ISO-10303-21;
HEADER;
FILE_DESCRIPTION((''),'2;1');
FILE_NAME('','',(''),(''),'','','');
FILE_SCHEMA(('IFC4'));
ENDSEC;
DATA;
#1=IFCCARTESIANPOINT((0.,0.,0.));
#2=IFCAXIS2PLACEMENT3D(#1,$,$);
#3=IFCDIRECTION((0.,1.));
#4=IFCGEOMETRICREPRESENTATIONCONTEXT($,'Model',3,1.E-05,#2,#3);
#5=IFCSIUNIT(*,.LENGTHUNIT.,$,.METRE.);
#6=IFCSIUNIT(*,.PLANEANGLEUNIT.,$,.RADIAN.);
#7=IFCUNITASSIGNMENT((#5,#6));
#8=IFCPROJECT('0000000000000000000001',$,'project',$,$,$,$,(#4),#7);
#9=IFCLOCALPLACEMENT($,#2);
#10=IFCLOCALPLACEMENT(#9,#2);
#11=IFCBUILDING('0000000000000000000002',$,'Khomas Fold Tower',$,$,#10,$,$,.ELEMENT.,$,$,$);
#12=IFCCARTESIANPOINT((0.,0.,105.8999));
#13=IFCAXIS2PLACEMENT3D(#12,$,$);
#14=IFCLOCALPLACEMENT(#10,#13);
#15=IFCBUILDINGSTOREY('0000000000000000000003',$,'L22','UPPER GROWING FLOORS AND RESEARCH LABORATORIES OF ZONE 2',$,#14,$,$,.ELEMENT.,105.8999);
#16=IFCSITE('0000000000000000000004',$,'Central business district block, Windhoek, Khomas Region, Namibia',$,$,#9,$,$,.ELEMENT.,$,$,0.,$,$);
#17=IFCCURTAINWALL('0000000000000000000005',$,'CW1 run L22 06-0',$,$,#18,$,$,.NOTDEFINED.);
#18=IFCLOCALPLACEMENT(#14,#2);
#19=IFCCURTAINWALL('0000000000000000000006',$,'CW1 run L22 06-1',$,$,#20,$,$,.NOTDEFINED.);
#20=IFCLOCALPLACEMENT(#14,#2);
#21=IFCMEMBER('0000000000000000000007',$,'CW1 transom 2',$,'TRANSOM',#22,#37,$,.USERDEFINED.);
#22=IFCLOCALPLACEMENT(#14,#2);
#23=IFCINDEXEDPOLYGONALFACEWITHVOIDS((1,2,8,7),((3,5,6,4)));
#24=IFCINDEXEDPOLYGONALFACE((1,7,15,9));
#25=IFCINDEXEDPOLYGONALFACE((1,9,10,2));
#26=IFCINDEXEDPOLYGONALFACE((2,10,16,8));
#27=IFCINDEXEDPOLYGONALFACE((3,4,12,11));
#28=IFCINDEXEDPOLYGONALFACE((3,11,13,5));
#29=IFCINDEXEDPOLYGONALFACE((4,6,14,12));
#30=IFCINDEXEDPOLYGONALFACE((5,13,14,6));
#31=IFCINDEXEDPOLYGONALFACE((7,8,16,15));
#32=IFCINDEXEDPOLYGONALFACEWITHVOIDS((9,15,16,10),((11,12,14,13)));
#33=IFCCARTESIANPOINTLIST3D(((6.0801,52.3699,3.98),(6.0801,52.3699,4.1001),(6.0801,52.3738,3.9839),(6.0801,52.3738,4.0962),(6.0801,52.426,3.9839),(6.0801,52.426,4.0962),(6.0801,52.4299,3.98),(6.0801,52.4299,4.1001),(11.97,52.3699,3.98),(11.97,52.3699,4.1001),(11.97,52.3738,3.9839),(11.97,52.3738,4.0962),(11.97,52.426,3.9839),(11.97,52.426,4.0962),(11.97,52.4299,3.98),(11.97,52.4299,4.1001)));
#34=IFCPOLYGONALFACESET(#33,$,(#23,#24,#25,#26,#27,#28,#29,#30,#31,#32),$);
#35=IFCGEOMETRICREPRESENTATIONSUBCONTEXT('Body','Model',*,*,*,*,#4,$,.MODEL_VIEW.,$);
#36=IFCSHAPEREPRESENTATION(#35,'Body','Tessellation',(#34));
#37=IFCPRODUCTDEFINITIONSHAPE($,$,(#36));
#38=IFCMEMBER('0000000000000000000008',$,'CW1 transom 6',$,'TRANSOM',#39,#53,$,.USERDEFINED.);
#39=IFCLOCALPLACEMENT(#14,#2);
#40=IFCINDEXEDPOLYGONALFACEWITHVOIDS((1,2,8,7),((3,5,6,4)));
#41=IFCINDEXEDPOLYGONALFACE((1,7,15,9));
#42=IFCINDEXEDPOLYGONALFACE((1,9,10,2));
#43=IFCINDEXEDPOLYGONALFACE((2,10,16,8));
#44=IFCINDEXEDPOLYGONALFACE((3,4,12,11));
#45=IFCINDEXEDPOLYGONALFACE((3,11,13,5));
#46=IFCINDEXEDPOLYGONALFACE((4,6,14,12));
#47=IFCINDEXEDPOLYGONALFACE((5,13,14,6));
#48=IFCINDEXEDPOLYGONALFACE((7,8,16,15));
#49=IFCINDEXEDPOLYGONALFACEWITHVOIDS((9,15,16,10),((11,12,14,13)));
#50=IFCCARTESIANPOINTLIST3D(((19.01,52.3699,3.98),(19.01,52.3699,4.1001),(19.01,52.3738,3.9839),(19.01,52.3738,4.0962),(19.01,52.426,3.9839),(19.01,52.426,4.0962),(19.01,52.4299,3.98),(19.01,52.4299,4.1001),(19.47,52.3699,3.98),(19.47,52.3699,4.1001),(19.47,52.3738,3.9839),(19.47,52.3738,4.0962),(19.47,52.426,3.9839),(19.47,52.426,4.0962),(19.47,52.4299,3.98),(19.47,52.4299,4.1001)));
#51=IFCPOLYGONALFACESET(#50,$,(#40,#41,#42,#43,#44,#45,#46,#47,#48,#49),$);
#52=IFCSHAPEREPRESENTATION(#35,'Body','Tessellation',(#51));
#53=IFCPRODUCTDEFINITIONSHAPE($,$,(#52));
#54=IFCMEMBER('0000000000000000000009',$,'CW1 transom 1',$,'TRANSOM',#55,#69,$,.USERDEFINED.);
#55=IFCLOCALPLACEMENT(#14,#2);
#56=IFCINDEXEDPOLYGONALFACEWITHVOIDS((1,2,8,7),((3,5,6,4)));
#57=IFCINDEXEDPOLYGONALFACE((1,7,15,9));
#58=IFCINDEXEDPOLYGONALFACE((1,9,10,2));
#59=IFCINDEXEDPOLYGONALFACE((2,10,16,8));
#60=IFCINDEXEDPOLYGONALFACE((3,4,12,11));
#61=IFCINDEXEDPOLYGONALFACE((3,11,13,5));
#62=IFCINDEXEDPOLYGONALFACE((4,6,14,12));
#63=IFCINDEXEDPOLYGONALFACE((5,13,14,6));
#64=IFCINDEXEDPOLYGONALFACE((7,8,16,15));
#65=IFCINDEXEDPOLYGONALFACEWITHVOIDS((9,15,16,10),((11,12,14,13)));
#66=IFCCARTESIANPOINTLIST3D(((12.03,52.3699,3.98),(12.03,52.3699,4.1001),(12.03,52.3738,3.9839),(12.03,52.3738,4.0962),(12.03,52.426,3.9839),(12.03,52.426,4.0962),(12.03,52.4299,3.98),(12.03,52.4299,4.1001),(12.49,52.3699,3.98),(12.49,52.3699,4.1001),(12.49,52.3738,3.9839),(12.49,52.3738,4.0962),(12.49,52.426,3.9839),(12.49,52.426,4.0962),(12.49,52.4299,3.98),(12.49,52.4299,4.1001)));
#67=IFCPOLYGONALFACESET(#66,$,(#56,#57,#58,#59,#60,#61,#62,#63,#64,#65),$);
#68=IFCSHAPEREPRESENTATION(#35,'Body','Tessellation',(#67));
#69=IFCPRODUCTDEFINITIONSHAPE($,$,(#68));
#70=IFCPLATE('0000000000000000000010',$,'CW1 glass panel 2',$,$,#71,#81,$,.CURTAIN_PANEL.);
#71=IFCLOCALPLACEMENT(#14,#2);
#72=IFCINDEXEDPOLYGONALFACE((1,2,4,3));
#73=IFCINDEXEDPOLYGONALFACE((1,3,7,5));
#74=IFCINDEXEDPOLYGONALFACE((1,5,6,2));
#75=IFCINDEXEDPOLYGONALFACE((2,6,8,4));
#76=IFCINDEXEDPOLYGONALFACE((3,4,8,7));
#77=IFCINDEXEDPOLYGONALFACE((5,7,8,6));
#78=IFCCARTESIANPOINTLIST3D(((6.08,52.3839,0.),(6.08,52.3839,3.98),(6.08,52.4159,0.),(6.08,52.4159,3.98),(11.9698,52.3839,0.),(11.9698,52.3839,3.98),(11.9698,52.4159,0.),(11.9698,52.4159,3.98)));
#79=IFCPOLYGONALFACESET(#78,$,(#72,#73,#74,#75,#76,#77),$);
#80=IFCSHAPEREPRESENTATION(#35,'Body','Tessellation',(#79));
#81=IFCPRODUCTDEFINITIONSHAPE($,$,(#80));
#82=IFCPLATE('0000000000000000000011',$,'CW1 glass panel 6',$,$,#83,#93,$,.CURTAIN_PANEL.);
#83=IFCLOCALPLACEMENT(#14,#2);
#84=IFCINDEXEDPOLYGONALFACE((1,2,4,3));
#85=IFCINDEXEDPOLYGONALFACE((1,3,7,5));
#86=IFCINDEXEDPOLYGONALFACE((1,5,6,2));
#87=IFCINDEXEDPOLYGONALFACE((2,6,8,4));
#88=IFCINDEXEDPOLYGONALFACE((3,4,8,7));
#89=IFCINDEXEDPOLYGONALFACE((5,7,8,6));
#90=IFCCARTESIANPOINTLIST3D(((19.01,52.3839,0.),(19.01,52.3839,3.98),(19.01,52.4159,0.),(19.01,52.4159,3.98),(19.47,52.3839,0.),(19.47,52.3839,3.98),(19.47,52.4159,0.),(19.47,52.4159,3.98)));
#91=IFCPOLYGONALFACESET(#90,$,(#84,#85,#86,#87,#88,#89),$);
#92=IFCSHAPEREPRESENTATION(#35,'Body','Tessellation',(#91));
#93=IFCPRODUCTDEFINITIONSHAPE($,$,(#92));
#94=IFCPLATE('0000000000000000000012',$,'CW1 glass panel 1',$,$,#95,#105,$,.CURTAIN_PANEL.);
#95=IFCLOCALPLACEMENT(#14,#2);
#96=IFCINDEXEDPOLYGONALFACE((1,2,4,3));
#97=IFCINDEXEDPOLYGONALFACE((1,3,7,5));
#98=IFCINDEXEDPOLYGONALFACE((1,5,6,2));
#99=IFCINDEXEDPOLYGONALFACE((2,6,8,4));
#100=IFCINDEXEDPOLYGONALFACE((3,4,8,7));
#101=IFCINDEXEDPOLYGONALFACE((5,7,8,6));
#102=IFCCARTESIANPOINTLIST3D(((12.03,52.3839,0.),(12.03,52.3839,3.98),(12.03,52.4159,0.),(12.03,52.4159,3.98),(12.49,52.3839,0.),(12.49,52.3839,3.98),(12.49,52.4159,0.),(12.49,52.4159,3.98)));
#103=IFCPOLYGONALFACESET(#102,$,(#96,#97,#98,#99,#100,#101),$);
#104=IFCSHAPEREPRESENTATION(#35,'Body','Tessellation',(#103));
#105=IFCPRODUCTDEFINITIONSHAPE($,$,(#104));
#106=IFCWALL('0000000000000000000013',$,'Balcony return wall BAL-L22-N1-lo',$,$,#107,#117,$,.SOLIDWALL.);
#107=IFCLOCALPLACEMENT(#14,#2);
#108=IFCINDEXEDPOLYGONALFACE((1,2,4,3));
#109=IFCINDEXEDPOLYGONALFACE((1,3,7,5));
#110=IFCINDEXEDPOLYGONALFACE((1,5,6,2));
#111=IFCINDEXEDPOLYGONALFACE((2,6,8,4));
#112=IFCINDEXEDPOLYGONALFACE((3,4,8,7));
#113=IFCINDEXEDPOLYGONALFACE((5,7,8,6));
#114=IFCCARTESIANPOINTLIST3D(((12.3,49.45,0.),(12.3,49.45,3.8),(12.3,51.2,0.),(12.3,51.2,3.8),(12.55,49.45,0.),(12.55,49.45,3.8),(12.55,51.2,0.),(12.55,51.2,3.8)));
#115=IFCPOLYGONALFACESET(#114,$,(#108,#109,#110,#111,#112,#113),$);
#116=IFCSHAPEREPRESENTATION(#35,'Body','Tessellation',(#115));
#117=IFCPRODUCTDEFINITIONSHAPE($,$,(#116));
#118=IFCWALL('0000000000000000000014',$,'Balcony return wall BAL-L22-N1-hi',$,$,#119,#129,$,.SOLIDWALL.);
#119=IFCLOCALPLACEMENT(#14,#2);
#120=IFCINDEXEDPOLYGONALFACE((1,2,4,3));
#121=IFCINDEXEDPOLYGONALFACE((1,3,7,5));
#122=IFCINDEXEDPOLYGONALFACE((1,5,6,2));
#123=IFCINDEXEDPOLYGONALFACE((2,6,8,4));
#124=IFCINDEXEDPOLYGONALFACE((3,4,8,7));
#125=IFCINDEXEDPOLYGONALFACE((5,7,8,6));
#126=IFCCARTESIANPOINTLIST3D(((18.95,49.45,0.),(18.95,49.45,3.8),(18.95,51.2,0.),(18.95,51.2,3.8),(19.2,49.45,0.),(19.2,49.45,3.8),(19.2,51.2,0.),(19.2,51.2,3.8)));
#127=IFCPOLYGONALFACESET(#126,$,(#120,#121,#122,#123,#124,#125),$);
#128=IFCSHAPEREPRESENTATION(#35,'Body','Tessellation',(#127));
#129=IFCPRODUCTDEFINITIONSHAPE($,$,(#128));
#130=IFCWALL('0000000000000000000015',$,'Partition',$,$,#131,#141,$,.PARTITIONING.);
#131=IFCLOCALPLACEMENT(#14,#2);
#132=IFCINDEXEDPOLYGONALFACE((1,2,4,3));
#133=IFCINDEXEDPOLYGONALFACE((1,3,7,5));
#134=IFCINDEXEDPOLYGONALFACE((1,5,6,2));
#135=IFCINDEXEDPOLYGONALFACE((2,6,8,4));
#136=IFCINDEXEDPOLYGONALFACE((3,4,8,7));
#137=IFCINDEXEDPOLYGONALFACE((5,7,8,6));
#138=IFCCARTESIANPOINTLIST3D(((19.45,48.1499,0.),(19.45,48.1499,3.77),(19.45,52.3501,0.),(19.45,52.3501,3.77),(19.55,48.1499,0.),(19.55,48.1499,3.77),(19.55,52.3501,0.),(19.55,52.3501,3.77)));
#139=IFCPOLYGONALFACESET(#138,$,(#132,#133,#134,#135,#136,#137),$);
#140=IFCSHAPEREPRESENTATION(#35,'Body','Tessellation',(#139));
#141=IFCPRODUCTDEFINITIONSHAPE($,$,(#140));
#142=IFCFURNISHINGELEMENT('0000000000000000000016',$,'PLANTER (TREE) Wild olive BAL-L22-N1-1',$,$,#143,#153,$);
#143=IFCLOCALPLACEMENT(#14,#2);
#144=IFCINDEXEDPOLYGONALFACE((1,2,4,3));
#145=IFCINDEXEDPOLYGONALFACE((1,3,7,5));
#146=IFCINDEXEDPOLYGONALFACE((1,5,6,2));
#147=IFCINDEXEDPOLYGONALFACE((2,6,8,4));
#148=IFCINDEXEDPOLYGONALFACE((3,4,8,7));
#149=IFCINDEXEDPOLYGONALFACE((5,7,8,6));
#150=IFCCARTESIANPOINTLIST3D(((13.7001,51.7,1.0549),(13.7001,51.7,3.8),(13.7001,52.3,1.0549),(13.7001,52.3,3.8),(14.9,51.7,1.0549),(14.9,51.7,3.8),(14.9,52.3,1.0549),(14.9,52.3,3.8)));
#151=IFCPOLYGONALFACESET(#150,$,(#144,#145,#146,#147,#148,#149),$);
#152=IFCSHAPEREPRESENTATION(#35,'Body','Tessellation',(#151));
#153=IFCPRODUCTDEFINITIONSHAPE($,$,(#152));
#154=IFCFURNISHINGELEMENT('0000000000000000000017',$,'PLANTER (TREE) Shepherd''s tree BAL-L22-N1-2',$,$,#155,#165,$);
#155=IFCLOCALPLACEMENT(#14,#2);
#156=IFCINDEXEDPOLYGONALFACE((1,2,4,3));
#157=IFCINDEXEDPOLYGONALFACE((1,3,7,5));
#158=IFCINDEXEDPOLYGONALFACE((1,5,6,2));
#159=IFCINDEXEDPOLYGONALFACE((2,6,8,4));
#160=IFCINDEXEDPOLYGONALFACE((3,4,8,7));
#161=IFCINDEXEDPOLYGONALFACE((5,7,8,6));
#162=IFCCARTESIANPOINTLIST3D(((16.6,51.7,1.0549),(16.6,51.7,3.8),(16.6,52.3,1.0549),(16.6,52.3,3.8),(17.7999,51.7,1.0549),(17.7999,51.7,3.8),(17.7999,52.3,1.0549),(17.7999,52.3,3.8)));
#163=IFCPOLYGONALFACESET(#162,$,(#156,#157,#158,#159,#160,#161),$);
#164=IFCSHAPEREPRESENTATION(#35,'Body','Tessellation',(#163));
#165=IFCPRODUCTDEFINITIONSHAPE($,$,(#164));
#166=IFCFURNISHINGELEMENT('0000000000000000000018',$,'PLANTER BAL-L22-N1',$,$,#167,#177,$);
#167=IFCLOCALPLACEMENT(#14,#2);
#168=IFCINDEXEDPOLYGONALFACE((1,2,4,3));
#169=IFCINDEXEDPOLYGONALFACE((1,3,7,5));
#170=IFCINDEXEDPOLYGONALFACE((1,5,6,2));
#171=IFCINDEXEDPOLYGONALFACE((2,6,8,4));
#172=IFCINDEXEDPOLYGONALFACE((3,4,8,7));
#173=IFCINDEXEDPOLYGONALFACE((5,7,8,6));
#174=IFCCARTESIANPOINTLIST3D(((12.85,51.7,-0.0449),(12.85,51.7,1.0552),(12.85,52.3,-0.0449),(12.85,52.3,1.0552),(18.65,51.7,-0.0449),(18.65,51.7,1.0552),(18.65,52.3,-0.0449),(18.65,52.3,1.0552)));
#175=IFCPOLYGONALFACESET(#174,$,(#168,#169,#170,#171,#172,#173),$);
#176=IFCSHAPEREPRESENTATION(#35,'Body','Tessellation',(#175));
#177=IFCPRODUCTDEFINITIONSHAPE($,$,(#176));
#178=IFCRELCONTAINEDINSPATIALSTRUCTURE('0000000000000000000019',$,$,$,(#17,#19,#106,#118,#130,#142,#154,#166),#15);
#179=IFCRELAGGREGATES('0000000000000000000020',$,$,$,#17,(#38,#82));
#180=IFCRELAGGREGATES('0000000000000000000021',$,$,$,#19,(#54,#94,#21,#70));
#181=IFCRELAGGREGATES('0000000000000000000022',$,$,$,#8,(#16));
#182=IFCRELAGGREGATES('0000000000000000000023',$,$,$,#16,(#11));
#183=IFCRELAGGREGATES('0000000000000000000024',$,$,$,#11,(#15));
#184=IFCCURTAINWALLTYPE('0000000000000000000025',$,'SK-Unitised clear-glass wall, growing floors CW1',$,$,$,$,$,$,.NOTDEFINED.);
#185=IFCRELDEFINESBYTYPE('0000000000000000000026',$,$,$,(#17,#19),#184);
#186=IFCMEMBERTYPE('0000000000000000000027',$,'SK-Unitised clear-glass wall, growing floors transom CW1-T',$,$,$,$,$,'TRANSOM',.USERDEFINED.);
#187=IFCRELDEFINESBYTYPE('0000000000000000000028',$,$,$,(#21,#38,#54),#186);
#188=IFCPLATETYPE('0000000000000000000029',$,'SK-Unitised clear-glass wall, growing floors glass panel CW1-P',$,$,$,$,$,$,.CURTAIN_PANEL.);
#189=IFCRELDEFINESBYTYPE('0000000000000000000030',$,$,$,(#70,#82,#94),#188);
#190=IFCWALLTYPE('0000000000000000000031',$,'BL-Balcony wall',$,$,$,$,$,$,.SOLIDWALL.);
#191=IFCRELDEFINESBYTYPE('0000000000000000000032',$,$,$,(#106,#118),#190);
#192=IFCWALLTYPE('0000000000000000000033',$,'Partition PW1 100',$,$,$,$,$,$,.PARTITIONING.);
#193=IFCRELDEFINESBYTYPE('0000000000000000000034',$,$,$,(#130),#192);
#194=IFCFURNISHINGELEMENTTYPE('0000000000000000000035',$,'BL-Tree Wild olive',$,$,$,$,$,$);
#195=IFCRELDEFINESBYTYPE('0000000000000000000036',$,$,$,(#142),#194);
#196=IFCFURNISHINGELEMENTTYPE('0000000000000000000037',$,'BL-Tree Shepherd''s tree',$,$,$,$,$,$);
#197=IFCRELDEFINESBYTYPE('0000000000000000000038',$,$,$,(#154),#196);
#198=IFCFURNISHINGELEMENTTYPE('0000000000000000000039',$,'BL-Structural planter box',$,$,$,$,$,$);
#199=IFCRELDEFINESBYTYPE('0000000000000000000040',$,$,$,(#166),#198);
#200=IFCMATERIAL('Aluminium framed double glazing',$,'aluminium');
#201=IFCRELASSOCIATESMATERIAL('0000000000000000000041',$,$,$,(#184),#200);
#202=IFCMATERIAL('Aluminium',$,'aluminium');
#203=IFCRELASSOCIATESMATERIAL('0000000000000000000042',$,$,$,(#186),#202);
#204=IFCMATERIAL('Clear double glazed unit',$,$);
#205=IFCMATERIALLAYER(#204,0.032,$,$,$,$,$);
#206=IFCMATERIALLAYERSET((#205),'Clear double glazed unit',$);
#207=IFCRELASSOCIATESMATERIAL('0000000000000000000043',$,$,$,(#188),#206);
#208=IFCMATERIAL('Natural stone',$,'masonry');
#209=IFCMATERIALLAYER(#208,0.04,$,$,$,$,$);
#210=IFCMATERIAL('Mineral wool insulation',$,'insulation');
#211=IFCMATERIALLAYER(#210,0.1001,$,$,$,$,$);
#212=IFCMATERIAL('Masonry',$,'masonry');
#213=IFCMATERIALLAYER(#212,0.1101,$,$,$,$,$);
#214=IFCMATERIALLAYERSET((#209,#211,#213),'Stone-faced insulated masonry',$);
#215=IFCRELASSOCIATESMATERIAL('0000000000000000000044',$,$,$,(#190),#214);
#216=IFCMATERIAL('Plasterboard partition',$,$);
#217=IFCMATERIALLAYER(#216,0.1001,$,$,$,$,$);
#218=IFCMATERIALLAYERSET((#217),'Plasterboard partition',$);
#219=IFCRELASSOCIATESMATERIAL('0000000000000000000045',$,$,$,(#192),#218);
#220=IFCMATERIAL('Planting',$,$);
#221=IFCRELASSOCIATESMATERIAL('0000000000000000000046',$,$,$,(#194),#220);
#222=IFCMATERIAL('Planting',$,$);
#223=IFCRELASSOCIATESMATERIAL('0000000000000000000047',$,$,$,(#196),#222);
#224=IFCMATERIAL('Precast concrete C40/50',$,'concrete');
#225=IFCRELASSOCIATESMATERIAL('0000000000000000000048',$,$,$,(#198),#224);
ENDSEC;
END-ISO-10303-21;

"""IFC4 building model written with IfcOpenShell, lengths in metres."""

from ifc_helpers import new_model, si_unit, direction, frame, frame_2d, origin, origin_2d, place, context, subcontext, project, spatial, rectangle, hollow_rectangle, extrude, source, transform, mapped, material, layer, layer_set, material_profile, profile_set, type_object, element, aggregate, save


model = new_model("IFC4")

# Units and contexts
model_context = context("Model", 3, precision=1e-05, world=origin(), true_north=direction((0.0, 1.0)))
body_context = subcontext(model_context, "Body", "Model", "MODEL_VIEW")
ifc_project = project(units=[si_unit("LENGTHUNIT", "METRE"), si_unit("PLANEANGLEUNIT", "RADIAN")], contexts=[model_context])

# Site, building, storey
site_placement = place(None, origin())
site = spatial("IfcSite", under=ifc_project, at=site_placement, Name="Central business district block, Windhoek, Khomas Region, Namibia", CompositionType="ELEMENT", RefElevation=0.0)
building_placement = place(site_placement, origin())
building = spatial("IfcBuilding", under=site, at=building_placement, Name="Khomas Fold Tower", CompositionType="ELEMENT")
storey_placement = place(building_placement, frame((0.0, 0.0, 105.8999)))
storey = spatial("IfcBuildingStorey", under=building, at=storey_placement, Name="L22", Description="UPPER GROWING FLOORS AND RESEARCH LABORATORIES OF ZONE 2", CompositionType="ELEMENT", Elevation=105.8999)

# Curtain walls, member
ifc_material_1 = material(Name="Aluminium framed double glazing", Category="aluminium")
curtain_wall_type = type_object("IfcCurtainWallType", Name="SK-Unitised clear-glass wall, growing floors CW1", PredefinedType="NOTDEFINED", material=ifc_material_1)
curtain_wall_1_placement = place(storey_placement, origin())
curtain_wall_1 = element("IfcCurtainWall", 1, at=curtain_wall_1_placement, inside=storey, type_object=curtain_wall_type, Name="CW1 run L22 06-0", PredefinedType="NOTDEFINED")
curtain_wall_2_placement = place(storey_placement, origin())
curtain_wall_2 = element("IfcCurtainWall", 2, at=curtain_wall_2_placement, inside=storey, type_object=curtain_wall_type, Name="CW1 run L22 06-1", PredefinedType="NOTDEFINED")
ifc_material_2 = material(Name="Aluminium", Category="aluminium")
ifc_material_profile_1 = material_profile(ifc_material_2, hollow_rectangle(XDim=0.0601, YDim=0.1201, WallThickness=0.0039, at=origin_2d()), Name="SK-Unitised clear-glass wall, growing floors transom CW1-T")
ifc_profile_set_1 = profile_set([ifc_material_profile_1], Name="Aluminium")
member_type_1 = type_object("IfcMemberType", Name="SK-Unitised clear-glass wall, growing floors transom CW1-T", ElementType="TRANSOM", PredefinedType="USERDEFINED", material=ifc_profile_set_1)
shared_shape_1 = source(origin(), body_context, "Body", "SweptSolid", [
    extrude(hollow_rectangle(XDim=0.0601, YDim=0.1201, WallThickness=0.0039, at=origin_2d()), origin(), (0.0, 0.0, 1.0), 5.8899),
])
member_1_placement = place(storey_placement, frame((11.97, 52.3999, 4.04), z_axis=(-1.0, 0.0, 0.0), x_axis=(0.0, -1.0, 0.0)))
member_1 = element("IfcMember", 3, at=member_1_placement, type_object=member_type_1, Name="CW1 transom 2", ObjectType="TRANSOM", PredefinedType="USERDEFINED", context=body_context, shape_type="MappedRepresentation", body=[
    mapped(shared_shape_1, transform((0.0, 0.0, 0.0))),
])

# Members
shared_shape_2 = source(origin(), body_context, "Body", "SweptSolid", [
    extrude(hollow_rectangle(XDim=0.0601, YDim=0.1201, WallThickness=0.0039, at=origin_2d()), origin(), (0.0, 0.0, 1.0), 0.46),
])
member_2_placement = place(storey_placement, frame((19.47, 52.3999, 4.04), z_axis=(-1.0, 0.0, 0.0), x_axis=(0.0, -1.0, 0.0)))
member_2 = element("IfcMember", 4, at=member_2_placement, type_object=member_type_1, Name="CW1 transom 6", ObjectType="TRANSOM", PredefinedType="USERDEFINED", context=body_context, shape_type="MappedRepresentation", body=[
    mapped(shared_shape_2, transform((0.0, 0.0, 0.0))),
])
member_3_placement = place(storey_placement, frame((12.49, 52.3999, 4.04), z_axis=(-1.0, 0.0, 0.0), x_axis=(0.0, -1.0, 0.0)))
member_3 = element("IfcMember", 5, at=member_3_placement, type_object=member_type_1, Name="CW1 transom 1", ObjectType="TRANSOM", PredefinedType="USERDEFINED", context=body_context, shape_type="MappedRepresentation", body=[
    mapped(shared_shape_2, transform((0.0, 0.0, 0.0))),
])

# Plates
ifc_material_3 = material(Name="Clear double glazed unit")
ifc_layer_1 = layer(ifc_material_3, 0.032)
ifc_layer_set_1 = layer_set([ifc_layer_1], Name="Clear double glazed unit")
plate_type = type_object("IfcPlateType", Name="SK-Unitised clear-glass wall, growing floors glass panel CW1-P", PredefinedType="CURTAIN_PANEL", material=ifc_layer_set_1)
shared_shape_3 = source(origin(), body_context, "Body", "SweptSolid", [
    extrude(rectangle(XDim=5.8899, YDim=0.032, at=origin_2d()), origin(), (0.0, 0.0, 1.0), 3.98),
])
plate_1_placement = place(storey_placement, frame((9.0249, 52.3999, 0.0), z_axis=(0.0, 0.0, 1.0), x_axis=(-1.0, 0.0, 0.0)))
plate_1 = element("IfcPlate", 6, at=plate_1_placement, type_object=plate_type, Name="CW1 glass panel 2", PredefinedType="CURTAIN_PANEL", context=body_context, shape_type="MappedRepresentation", body=[
    mapped(shared_shape_3, transform((0.0, 0.0, 0.0))),
])
shared_shape_4 = source(origin(), body_context, "Body", "SweptSolid", [
    extrude(rectangle(XDim=0.46, YDim=0.032, at=origin_2d()), origin(), (0.0, 0.0, 1.0), 3.98),
])
plate_2_placement = place(storey_placement, frame((19.24, 52.3999, 0.0), z_axis=(0.0, 0.0, 1.0), x_axis=(-1.0, 0.0, 0.0)))
plate_2 = element("IfcPlate", 7, at=plate_2_placement, type_object=plate_type, Name="CW1 glass panel 6", PredefinedType="CURTAIN_PANEL", context=body_context, shape_type="MappedRepresentation", body=[
    mapped(shared_shape_4, transform((0.0, 0.0, 0.0))),
])
aggregate(curtain_wall_1, [member_2, plate_2])
plate_3_placement = place(storey_placement, frame((12.26, 52.3999, 0.0), z_axis=(0.0, 0.0, 1.0), x_axis=(-1.0, 0.0, 0.0)))
plate_3 = element("IfcPlate", 8, at=plate_3_placement, type_object=plate_type, Name="CW1 glass panel 1", PredefinedType="CURTAIN_PANEL", context=body_context, shape_type="MappedRepresentation", body=[
    mapped(shared_shape_4, transform((0.0, 0.0, 0.0))),
])
aggregate(curtain_wall_2, [member_3, plate_3, member_1, plate_1])

# Shared definitions
ifc_material_4 = material(Name="Natural stone", Category="masonry")
ifc_layer_2 = layer(ifc_material_4, 0.04)
ifc_material_5 = material(Name="Mineral wool insulation", Category="insulation")
ifc_layer_3 = layer(ifc_material_5, 0.1001)
ifc_material_6 = material(Name="Masonry", Category="masonry")
ifc_layer_4 = layer(ifc_material_6, 0.1101)
ifc_layer_set_2 = layer_set([ifc_layer_2, ifc_layer_3, ifc_layer_4], Name="Stone-faced insulated masonry")
wall_type_1 = type_object("IfcWallType", Name="BL-Balcony wall", PredefinedType="SOLIDWALL", material=ifc_layer_set_2)

# Walls
shared_shape_5 = source(origin(), body_context, "Body", "SweptSolid", [
    extrude(rectangle(XDim=1.75, YDim=0.25, at=frame_2d((0.875, 0.0))), origin(), (0.0, 0.0, 1.0), 3.8),
])
for number, where, z_axis, x_axis, name in (
    (9, (12.425, 51.2, 0.0), (0.0, 0.0, 1.0), (0.0, -1.0, 0.0), "Balcony return wall BAL-L22-N1-lo"),
    (10, (19.075, 51.2, 0.0), (0.0, 0.0, 1.0), (0.0, -1.0, 0.0), "Balcony return wall BAL-L22-N1-hi"),
):
    element("IfcWall", number, at=place(storey_placement, frame(where, z_axis=z_axis, x_axis=x_axis)), inside=storey, type_object=wall_type_1, Name=name, PredefinedType="SOLIDWALL", context=body_context, shape_type="MappedRepresentation", body=[
        mapped(shared_shape_5, transform((0.0, 0.0, 0.0))),
    ])
ifc_material_7 = material(Name="Plasterboard partition")
ifc_layer_5 = layer(ifc_material_7, 0.1001)
ifc_layer_set_3 = layer_set([ifc_layer_5], Name="Plasterboard partition")
wall_type_2 = type_object("IfcWallType", Name="Partition PW1 100", PredefinedType="PARTITIONING", material=ifc_layer_set_3)
shared_shape_6 = source(origin(), body_context, "Body", "SweptSolid", [
    extrude(rectangle(XDim=4.2002, YDim=0.1001, at=frame_2d((2.1001, 0.0))), origin(), (0.0, 0.0, 1.0), 3.77),
])
wall_1_placement = place(storey_placement, frame((19.5, 48.1499, 0.0), z_axis=(0.0, 0.0, 1.0), x_axis=(0.0, 1.0, 0.0)))
element("IfcWall", 11, at=wall_1_placement, inside=storey, type_object=wall_type_2, Name="Partition", PredefinedType="PARTITIONING", context=body_context, shape_type="MappedRepresentation", body=[
    mapped(shared_shape_6, transform((0.0, 0.0, 0.0))),
])

# Furnishing elements
ifc_material_8 = material(Name="Planting")
furnishing_element_type_1 = type_object("IfcFurnishingElementType", Name="BL-Tree Wild olive", material=ifc_material_8)
shared_shape_7 = source(origin(), body_context, "Body", "SweptSolid", [
    extrude(rectangle(XDim=1.2, YDim=0.6001, at=origin_2d()), origin(), (0.0, 0.0, 1.0), 2.7451),
])
furnishing_1_placement = place(storey_placement, frame((14.3, 52.0, 1.0549), z_axis=(0.0, 0.0, 1.0), x_axis=(1.0, 0.0, 0.0)))
element("IfcFurnishingElement", 12, at=furnishing_1_placement, inside=storey, type_object=furnishing_element_type_1, Name="PLANTER (TREE) Wild olive BAL-L22-N1-1", context=body_context, shape_type="MappedRepresentation", body=[
    mapped(shared_shape_7, transform((0.0, 0.0, 0.0))),
])
ifc_material_9 = material(Name="Planting")
furnishing_element_type_2 = type_object("IfcFurnishingElementType", Name="BL-Tree Shepherd's tree", material=ifc_material_9)
furnishing_2_placement = place(storey_placement, frame((17.2, 52.0, 1.0549), z_axis=(0.0, 0.0, 1.0), x_axis=(1.0, 0.0, 0.0)))
element("IfcFurnishingElement", 13, at=furnishing_2_placement, inside=storey, type_object=furnishing_element_type_2, Name="PLANTER (TREE) Shepherd's tree BAL-L22-N1-2", context=body_context, shape_type="MappedRepresentation", body=[
    mapped(shared_shape_7, transform((0.0, 0.0, 0.0))),
])
ifc_material_10 = material(Name="Precast concrete C40/50", Category="concrete")
furnishing_element_type_3 = type_object("IfcFurnishingElementType", Name="BL-Structural planter box", material=ifc_material_10)
shared_shape_8 = source(origin(), body_context, "Body", "SweptSolid", [
    extrude(rectangle(XDim=5.8, YDim=0.6001, at=origin_2d()), origin(), (0.0, 0.0, 1.0), 1.1001),
])
furnishing_3_placement = place(storey_placement, frame((15.75, 52.0, -0.0449), z_axis=(0.0, 0.0, 1.0), x_axis=(1.0, 0.0, 0.0)))
element("IfcFurnishingElement", 14, at=furnishing_3_placement, inside=storey, type_object=furnishing_element_type_3, Name="PLANTER BAL-L22-N1", context=body_context, shape_type="MappedRepresentation", body=[
    mapped(shared_shape_8, transform((0.0, 0.0, 0.0))),
])

save(model, "model.ifc")
